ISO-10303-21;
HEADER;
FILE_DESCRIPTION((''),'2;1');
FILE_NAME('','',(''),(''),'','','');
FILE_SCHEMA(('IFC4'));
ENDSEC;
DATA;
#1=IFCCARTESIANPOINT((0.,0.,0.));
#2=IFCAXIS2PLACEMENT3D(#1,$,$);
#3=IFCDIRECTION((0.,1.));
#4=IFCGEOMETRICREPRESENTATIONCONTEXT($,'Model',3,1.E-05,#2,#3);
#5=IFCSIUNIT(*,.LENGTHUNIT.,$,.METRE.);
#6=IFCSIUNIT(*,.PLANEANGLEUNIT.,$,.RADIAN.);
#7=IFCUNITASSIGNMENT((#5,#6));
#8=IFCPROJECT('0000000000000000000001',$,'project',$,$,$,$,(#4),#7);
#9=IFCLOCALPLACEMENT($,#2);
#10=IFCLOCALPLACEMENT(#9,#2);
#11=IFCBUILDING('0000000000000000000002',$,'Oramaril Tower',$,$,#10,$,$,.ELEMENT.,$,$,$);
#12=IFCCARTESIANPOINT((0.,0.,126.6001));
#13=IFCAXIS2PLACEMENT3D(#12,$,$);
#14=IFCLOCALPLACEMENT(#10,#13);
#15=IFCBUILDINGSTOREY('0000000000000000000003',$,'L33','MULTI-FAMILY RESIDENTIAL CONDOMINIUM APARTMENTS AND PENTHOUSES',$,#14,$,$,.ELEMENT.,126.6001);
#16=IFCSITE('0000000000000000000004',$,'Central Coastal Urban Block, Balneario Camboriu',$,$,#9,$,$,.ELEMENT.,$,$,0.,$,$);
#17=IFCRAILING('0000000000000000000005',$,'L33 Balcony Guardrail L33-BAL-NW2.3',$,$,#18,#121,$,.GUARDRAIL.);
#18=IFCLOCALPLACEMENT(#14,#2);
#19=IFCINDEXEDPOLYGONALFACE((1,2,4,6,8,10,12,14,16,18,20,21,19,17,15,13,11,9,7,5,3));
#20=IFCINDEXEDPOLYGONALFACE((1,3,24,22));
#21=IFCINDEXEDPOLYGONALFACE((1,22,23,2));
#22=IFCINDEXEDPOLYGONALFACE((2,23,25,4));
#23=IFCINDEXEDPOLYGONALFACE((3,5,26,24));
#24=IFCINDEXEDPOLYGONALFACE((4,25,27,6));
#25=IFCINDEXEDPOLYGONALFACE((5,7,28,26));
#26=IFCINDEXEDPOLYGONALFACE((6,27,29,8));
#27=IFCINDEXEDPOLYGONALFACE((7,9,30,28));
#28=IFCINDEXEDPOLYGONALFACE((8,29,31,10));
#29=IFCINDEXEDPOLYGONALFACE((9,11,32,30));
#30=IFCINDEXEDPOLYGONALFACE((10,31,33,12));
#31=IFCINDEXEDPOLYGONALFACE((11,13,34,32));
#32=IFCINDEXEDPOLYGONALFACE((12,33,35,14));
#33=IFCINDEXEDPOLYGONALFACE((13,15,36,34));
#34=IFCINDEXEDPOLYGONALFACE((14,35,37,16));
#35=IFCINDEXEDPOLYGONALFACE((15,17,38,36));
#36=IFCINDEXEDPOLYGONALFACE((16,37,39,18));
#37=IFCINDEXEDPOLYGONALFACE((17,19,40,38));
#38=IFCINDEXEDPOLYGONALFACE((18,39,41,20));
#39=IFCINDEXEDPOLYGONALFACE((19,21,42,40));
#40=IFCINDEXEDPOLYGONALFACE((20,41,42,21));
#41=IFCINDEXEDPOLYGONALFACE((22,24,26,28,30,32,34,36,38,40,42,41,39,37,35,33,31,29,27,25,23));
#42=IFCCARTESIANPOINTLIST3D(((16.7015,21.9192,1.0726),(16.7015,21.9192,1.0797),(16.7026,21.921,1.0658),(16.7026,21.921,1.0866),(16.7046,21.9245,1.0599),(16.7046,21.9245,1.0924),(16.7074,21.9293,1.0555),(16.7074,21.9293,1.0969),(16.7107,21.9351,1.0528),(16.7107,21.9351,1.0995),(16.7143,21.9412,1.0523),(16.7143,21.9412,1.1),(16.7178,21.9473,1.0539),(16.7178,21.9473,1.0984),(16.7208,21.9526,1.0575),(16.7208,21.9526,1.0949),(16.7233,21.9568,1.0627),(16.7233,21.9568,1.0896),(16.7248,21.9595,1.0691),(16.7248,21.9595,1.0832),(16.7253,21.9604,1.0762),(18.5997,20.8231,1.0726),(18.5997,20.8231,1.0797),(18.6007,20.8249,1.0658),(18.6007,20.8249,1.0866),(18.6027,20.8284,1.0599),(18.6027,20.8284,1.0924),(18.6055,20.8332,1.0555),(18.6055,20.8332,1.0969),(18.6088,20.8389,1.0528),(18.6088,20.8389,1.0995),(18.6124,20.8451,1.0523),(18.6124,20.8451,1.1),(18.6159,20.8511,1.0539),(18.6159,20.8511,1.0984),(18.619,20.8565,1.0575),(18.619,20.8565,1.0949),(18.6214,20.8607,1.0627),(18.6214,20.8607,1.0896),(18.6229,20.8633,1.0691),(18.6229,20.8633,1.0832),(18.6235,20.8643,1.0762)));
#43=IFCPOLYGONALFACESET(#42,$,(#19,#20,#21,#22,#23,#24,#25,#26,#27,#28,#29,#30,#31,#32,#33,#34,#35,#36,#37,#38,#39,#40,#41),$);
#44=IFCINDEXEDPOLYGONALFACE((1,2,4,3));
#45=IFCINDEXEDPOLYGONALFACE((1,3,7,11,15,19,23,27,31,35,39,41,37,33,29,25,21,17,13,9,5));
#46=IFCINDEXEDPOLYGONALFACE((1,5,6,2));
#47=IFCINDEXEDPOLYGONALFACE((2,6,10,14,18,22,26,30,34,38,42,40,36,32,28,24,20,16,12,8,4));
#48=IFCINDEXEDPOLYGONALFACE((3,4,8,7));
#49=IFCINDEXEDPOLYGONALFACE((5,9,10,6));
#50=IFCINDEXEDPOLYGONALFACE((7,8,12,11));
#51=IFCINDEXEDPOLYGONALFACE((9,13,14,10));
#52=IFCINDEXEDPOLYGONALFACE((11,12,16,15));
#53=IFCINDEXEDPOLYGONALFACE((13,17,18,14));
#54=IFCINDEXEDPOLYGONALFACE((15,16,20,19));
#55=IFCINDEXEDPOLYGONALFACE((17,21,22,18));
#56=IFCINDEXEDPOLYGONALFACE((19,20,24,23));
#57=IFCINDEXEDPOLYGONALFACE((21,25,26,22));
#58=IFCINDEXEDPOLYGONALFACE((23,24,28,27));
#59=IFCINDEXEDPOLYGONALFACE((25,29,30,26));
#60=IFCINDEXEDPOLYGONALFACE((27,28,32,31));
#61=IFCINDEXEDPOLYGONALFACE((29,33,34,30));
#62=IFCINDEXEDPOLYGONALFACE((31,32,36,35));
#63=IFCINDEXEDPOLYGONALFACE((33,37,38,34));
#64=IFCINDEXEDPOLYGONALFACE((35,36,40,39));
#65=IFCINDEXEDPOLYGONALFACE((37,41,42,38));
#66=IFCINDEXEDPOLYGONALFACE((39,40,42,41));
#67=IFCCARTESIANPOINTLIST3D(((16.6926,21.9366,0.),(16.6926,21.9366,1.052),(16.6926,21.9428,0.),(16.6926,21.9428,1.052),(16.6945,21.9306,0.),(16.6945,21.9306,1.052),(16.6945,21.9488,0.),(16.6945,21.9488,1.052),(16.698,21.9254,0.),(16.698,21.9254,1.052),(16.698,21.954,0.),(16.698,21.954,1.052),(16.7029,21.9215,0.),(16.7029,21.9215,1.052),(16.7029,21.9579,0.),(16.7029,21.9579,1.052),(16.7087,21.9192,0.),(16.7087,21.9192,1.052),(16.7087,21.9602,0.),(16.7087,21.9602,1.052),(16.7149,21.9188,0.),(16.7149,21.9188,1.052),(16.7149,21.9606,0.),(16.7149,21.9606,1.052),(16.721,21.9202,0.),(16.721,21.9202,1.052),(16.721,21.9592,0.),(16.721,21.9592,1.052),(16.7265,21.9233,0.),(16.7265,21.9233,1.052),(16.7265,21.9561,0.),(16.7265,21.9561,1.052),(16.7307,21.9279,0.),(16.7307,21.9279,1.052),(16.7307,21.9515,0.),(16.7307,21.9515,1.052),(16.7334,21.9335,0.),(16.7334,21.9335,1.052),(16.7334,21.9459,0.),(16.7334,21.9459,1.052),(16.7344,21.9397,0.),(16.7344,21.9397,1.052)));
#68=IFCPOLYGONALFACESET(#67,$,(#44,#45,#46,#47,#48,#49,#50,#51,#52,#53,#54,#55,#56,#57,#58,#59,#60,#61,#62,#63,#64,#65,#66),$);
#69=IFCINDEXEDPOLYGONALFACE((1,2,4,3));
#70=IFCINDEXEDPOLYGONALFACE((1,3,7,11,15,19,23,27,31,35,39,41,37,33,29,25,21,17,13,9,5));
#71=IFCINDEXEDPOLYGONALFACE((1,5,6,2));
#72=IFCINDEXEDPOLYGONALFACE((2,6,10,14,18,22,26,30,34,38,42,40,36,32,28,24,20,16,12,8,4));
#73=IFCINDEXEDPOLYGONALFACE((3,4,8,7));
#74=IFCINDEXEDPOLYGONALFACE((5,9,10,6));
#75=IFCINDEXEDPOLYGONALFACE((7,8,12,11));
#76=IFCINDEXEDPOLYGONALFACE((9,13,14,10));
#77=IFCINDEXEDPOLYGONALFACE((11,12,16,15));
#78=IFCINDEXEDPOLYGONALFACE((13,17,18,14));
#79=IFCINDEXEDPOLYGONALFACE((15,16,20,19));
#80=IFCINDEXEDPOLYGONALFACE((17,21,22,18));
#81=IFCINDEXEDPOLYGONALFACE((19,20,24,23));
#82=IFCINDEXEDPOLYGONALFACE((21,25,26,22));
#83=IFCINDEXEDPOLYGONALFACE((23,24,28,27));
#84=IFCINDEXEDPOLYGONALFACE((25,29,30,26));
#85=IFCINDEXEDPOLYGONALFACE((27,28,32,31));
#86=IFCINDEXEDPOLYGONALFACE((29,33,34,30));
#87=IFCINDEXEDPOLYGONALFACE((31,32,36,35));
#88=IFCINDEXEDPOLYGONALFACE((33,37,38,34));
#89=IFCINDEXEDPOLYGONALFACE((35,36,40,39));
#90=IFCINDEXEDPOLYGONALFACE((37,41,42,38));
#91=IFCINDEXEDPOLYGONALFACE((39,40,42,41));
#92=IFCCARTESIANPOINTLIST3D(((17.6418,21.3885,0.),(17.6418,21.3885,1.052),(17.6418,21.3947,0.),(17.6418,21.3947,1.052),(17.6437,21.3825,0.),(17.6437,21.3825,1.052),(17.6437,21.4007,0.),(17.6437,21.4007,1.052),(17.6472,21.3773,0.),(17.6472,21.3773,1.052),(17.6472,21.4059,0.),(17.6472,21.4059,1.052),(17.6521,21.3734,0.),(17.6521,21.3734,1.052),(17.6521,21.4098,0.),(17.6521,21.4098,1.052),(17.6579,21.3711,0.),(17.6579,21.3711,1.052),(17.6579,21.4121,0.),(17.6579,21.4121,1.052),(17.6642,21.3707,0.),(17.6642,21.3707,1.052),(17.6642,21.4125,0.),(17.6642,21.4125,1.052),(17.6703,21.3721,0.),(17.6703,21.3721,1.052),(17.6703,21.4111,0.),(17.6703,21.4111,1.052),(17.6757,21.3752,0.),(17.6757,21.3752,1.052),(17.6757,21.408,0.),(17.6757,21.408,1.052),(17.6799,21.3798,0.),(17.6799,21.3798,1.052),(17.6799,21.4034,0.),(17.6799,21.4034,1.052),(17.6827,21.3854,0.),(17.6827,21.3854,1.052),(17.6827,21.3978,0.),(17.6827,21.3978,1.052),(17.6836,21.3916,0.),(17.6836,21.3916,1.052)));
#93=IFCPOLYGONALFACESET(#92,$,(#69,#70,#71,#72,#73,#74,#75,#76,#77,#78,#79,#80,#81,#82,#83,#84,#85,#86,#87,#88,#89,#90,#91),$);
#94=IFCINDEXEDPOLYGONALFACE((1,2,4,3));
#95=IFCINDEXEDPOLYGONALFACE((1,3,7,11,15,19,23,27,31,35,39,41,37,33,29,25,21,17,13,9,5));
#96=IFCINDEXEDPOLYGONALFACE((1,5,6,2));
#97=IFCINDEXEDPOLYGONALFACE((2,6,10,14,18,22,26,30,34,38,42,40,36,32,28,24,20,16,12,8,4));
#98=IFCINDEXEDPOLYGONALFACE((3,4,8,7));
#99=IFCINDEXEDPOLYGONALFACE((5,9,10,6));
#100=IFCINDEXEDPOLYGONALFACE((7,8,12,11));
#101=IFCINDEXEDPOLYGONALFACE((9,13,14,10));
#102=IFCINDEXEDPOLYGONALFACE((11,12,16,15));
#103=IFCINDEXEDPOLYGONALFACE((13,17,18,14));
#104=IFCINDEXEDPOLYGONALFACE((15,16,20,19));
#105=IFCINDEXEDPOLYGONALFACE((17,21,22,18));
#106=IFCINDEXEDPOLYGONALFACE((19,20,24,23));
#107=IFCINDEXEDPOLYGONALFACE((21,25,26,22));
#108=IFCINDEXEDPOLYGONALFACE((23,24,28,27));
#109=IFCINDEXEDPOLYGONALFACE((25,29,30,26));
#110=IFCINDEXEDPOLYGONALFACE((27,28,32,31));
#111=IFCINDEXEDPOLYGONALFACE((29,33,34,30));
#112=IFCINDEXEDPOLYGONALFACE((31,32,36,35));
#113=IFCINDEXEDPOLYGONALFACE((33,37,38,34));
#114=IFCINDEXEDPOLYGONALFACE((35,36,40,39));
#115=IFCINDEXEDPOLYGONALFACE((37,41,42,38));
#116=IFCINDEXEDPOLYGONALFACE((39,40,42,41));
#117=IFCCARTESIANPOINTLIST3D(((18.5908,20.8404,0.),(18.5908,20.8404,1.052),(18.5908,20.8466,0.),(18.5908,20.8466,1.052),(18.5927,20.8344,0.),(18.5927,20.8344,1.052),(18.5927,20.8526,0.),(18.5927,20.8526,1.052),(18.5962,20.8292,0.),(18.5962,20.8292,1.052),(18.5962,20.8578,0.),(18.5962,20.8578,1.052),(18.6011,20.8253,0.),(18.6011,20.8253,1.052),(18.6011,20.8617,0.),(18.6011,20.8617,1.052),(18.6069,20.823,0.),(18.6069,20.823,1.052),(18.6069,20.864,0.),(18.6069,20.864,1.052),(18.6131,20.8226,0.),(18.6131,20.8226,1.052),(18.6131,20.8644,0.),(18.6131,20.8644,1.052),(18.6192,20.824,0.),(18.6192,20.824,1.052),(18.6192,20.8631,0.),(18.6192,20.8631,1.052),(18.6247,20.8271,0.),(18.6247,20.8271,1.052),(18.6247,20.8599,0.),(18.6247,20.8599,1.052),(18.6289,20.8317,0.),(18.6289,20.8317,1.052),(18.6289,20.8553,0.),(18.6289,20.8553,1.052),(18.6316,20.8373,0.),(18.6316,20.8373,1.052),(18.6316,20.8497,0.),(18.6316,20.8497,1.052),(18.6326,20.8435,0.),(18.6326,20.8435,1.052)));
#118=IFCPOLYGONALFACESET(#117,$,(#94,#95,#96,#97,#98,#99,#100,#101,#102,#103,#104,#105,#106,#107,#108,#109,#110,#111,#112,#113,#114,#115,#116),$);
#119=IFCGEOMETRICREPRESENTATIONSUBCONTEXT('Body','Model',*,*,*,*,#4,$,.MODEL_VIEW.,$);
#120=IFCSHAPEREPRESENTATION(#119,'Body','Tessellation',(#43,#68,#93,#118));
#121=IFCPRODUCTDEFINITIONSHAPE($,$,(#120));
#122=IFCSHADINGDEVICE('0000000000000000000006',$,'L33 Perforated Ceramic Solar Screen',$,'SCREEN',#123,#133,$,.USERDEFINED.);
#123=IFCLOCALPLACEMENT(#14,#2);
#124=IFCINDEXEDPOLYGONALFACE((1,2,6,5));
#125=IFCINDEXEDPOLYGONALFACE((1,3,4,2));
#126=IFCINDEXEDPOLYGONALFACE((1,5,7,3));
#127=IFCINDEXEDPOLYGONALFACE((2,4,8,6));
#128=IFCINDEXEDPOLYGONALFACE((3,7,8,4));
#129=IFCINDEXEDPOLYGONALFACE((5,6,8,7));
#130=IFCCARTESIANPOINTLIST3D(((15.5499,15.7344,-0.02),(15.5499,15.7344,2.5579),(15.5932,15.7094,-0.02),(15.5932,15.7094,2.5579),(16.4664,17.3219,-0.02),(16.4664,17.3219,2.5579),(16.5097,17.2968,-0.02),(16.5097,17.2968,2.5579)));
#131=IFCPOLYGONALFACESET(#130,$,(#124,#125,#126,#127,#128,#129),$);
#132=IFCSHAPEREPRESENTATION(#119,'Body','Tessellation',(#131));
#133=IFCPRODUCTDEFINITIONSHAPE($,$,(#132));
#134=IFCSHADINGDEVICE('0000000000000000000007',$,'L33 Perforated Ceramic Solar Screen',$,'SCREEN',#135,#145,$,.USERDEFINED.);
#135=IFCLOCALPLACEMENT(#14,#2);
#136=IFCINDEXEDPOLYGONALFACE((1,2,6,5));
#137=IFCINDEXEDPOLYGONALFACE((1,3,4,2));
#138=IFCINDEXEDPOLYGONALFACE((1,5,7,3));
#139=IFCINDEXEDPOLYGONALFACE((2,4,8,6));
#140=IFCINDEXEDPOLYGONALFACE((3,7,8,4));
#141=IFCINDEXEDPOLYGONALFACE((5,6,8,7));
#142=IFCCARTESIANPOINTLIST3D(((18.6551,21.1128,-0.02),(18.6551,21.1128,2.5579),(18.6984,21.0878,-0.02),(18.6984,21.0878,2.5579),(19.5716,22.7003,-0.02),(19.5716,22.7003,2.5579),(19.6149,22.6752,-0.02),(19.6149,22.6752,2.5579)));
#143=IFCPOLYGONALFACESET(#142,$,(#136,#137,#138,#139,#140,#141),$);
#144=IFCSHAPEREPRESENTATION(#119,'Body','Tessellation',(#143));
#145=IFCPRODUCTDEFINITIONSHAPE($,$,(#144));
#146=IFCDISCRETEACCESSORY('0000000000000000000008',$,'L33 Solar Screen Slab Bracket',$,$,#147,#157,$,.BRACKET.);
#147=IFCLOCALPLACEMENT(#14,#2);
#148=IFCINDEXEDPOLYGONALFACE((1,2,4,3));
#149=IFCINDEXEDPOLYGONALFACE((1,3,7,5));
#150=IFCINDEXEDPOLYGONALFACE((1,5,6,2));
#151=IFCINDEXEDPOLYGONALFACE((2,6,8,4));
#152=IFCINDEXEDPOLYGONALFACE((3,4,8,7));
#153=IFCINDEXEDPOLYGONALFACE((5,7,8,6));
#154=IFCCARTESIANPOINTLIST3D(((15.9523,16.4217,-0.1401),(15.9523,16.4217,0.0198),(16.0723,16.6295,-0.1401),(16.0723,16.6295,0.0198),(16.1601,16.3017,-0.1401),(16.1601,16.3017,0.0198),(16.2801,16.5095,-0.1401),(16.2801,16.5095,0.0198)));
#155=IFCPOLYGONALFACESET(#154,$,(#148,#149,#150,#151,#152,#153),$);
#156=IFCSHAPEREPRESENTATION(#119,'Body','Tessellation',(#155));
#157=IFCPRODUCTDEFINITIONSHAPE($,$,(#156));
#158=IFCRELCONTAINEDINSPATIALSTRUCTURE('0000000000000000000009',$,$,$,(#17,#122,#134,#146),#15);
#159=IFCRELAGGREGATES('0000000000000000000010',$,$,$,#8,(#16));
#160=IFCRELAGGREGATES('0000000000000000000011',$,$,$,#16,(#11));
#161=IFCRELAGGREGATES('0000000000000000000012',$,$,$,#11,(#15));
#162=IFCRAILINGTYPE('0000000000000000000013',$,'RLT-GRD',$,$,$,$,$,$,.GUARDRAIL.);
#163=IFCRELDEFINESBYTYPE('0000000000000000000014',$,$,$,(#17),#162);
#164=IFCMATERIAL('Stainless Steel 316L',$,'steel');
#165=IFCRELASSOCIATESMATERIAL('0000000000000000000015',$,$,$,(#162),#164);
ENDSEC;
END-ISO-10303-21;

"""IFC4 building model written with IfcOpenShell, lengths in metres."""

from ifc_helpers import new_model, si_unit, direction, frame, origin, origin_2d, place, context, subcontext, project, spatial, rectangle, circle, extrude, material, type_object, element, save


model = new_model("IFC4")

# Units and contexts
model_context = context("Model", 3, precision=1e-05, world=origin(), true_north=direction((0.0, 1.0)))
body_context = subcontext(model_context, "Body", "Model", "MODEL_VIEW")
ifc_project = project(units=[si_unit("LENGTHUNIT", "METRE"), si_unit("PLANEANGLEUNIT", "RADIAN")], contexts=[model_context])

# Site, building, storey
site_placement = place(None, origin())
site = spatial("IfcSite", under=ifc_project, at=site_placement, Name="Central Coastal Urban Block, Balneario Camboriu", CompositionType="ELEMENT", RefElevation=0.0)
building_placement = place(site_placement, origin())
building = spatial("IfcBuilding", under=site, at=building_placement, Name="Oramaril Tower", CompositionType="ELEMENT")
storey_placement = place(building_placement, frame((0.0, 0.0, 126.6001)))
storey = spatial("IfcBuildingStorey", under=building, at=storey_placement, Name="L33", Description="MULTI-FAMILY RESIDENTIAL CONDOMINIUM APARTMENTS AND PENTHOUSES", CompositionType="ELEMENT", Elevation=126.6001)

# Railing
ifc_material_1 = material(Name="Stainless Steel 316L", Category="steel")
railing_type = type_object("IfcRailingType", Name="RLT-GRD", PredefinedType="GUARDRAIL", material=ifc_material_1)
railing_1_placement = place(storey_placement, frame((16.7134, 21.9397, 0.0)))
element("IfcRailing", 1, at=railing_1_placement, inside=storey, type_object=railing_type, Name="L33 Balcony Guardrail L33-BAL-NW2.3", PredefinedType="GUARDRAIL", context=body_context, shape_type="SweptSolid", body=[
    extrude(circle(Radius=0.0239, at=origin_2d()), frame((0.0, 0.0, 1.0762), z_axis=(0.865972, -0.500092, 0.0), x_axis=(0.500092, 0.865972, 0.0)), (0.0, 0.0, 1.0), 2.1919),
    extrude(circle(Radius=0.021, at=origin_2d()), origin(), (0.0, 0.0, 1.0), 1.052),
    extrude(circle(Radius=0.021, at=origin_2d()), frame((0.9492, -0.5481, 0.0)), (0.0, 0.0, 1.0), 1.052),
    extrude(circle(Radius=0.021, at=origin_2d()), frame((1.8982, -1.0962, 0.0)), (0.0, 0.0, 1.0), 1.052),
])

# Shading devices
for number, where, z_axis, x_axis, name in (
    (2, (16.0298, 16.5156, -0.02), (0.0, 0.0, 1.0), (-0.499998, -0.866026, 0.0), "L33 Perforated Ceramic Solar Screen"),
    (3, (19.135, 21.894, -0.02), (0.0, 0.0, 1.0), (-0.499998, -0.866026, 0.0), "L33 Perforated Ceramic Solar Screen"),
):
    element("IfcShadingDevice", number, at=place(storey_placement, frame(where, z_axis=z_axis, x_axis=x_axis)), inside=storey, Name=name, ObjectType="SCREEN", PredefinedType="USERDEFINED", context=body_context, shape_type="SweptSolid", body=[
        extrude(rectangle(XDim=1.833, YDim=0.05, at=origin_2d()), origin(), (0.0, 0.0, 1.0), 2.5779),
    ])

# Discrete accessory
discrete_accessory_placement = place(storey_placement, frame((16.1162, 16.4656, -0.1401), z_axis=(0.0, 0.0, 1.0), x_axis=(-0.499998, -0.866026, 0.0)))
element("IfcDiscreteAccessory", 4, at=discrete_accessory_placement, inside=storey, Name="L33 Solar Screen Slab Bracket", PredefinedType="BRACKET", context=body_context, shape_type="SweptSolid", body=[
    extrude(rectangle(XDim=0.24, YDim=0.24, at=origin_2d()), origin(), (0.0, 0.0, 1.0), 0.1599),
])

save(model, "model.ifc")
